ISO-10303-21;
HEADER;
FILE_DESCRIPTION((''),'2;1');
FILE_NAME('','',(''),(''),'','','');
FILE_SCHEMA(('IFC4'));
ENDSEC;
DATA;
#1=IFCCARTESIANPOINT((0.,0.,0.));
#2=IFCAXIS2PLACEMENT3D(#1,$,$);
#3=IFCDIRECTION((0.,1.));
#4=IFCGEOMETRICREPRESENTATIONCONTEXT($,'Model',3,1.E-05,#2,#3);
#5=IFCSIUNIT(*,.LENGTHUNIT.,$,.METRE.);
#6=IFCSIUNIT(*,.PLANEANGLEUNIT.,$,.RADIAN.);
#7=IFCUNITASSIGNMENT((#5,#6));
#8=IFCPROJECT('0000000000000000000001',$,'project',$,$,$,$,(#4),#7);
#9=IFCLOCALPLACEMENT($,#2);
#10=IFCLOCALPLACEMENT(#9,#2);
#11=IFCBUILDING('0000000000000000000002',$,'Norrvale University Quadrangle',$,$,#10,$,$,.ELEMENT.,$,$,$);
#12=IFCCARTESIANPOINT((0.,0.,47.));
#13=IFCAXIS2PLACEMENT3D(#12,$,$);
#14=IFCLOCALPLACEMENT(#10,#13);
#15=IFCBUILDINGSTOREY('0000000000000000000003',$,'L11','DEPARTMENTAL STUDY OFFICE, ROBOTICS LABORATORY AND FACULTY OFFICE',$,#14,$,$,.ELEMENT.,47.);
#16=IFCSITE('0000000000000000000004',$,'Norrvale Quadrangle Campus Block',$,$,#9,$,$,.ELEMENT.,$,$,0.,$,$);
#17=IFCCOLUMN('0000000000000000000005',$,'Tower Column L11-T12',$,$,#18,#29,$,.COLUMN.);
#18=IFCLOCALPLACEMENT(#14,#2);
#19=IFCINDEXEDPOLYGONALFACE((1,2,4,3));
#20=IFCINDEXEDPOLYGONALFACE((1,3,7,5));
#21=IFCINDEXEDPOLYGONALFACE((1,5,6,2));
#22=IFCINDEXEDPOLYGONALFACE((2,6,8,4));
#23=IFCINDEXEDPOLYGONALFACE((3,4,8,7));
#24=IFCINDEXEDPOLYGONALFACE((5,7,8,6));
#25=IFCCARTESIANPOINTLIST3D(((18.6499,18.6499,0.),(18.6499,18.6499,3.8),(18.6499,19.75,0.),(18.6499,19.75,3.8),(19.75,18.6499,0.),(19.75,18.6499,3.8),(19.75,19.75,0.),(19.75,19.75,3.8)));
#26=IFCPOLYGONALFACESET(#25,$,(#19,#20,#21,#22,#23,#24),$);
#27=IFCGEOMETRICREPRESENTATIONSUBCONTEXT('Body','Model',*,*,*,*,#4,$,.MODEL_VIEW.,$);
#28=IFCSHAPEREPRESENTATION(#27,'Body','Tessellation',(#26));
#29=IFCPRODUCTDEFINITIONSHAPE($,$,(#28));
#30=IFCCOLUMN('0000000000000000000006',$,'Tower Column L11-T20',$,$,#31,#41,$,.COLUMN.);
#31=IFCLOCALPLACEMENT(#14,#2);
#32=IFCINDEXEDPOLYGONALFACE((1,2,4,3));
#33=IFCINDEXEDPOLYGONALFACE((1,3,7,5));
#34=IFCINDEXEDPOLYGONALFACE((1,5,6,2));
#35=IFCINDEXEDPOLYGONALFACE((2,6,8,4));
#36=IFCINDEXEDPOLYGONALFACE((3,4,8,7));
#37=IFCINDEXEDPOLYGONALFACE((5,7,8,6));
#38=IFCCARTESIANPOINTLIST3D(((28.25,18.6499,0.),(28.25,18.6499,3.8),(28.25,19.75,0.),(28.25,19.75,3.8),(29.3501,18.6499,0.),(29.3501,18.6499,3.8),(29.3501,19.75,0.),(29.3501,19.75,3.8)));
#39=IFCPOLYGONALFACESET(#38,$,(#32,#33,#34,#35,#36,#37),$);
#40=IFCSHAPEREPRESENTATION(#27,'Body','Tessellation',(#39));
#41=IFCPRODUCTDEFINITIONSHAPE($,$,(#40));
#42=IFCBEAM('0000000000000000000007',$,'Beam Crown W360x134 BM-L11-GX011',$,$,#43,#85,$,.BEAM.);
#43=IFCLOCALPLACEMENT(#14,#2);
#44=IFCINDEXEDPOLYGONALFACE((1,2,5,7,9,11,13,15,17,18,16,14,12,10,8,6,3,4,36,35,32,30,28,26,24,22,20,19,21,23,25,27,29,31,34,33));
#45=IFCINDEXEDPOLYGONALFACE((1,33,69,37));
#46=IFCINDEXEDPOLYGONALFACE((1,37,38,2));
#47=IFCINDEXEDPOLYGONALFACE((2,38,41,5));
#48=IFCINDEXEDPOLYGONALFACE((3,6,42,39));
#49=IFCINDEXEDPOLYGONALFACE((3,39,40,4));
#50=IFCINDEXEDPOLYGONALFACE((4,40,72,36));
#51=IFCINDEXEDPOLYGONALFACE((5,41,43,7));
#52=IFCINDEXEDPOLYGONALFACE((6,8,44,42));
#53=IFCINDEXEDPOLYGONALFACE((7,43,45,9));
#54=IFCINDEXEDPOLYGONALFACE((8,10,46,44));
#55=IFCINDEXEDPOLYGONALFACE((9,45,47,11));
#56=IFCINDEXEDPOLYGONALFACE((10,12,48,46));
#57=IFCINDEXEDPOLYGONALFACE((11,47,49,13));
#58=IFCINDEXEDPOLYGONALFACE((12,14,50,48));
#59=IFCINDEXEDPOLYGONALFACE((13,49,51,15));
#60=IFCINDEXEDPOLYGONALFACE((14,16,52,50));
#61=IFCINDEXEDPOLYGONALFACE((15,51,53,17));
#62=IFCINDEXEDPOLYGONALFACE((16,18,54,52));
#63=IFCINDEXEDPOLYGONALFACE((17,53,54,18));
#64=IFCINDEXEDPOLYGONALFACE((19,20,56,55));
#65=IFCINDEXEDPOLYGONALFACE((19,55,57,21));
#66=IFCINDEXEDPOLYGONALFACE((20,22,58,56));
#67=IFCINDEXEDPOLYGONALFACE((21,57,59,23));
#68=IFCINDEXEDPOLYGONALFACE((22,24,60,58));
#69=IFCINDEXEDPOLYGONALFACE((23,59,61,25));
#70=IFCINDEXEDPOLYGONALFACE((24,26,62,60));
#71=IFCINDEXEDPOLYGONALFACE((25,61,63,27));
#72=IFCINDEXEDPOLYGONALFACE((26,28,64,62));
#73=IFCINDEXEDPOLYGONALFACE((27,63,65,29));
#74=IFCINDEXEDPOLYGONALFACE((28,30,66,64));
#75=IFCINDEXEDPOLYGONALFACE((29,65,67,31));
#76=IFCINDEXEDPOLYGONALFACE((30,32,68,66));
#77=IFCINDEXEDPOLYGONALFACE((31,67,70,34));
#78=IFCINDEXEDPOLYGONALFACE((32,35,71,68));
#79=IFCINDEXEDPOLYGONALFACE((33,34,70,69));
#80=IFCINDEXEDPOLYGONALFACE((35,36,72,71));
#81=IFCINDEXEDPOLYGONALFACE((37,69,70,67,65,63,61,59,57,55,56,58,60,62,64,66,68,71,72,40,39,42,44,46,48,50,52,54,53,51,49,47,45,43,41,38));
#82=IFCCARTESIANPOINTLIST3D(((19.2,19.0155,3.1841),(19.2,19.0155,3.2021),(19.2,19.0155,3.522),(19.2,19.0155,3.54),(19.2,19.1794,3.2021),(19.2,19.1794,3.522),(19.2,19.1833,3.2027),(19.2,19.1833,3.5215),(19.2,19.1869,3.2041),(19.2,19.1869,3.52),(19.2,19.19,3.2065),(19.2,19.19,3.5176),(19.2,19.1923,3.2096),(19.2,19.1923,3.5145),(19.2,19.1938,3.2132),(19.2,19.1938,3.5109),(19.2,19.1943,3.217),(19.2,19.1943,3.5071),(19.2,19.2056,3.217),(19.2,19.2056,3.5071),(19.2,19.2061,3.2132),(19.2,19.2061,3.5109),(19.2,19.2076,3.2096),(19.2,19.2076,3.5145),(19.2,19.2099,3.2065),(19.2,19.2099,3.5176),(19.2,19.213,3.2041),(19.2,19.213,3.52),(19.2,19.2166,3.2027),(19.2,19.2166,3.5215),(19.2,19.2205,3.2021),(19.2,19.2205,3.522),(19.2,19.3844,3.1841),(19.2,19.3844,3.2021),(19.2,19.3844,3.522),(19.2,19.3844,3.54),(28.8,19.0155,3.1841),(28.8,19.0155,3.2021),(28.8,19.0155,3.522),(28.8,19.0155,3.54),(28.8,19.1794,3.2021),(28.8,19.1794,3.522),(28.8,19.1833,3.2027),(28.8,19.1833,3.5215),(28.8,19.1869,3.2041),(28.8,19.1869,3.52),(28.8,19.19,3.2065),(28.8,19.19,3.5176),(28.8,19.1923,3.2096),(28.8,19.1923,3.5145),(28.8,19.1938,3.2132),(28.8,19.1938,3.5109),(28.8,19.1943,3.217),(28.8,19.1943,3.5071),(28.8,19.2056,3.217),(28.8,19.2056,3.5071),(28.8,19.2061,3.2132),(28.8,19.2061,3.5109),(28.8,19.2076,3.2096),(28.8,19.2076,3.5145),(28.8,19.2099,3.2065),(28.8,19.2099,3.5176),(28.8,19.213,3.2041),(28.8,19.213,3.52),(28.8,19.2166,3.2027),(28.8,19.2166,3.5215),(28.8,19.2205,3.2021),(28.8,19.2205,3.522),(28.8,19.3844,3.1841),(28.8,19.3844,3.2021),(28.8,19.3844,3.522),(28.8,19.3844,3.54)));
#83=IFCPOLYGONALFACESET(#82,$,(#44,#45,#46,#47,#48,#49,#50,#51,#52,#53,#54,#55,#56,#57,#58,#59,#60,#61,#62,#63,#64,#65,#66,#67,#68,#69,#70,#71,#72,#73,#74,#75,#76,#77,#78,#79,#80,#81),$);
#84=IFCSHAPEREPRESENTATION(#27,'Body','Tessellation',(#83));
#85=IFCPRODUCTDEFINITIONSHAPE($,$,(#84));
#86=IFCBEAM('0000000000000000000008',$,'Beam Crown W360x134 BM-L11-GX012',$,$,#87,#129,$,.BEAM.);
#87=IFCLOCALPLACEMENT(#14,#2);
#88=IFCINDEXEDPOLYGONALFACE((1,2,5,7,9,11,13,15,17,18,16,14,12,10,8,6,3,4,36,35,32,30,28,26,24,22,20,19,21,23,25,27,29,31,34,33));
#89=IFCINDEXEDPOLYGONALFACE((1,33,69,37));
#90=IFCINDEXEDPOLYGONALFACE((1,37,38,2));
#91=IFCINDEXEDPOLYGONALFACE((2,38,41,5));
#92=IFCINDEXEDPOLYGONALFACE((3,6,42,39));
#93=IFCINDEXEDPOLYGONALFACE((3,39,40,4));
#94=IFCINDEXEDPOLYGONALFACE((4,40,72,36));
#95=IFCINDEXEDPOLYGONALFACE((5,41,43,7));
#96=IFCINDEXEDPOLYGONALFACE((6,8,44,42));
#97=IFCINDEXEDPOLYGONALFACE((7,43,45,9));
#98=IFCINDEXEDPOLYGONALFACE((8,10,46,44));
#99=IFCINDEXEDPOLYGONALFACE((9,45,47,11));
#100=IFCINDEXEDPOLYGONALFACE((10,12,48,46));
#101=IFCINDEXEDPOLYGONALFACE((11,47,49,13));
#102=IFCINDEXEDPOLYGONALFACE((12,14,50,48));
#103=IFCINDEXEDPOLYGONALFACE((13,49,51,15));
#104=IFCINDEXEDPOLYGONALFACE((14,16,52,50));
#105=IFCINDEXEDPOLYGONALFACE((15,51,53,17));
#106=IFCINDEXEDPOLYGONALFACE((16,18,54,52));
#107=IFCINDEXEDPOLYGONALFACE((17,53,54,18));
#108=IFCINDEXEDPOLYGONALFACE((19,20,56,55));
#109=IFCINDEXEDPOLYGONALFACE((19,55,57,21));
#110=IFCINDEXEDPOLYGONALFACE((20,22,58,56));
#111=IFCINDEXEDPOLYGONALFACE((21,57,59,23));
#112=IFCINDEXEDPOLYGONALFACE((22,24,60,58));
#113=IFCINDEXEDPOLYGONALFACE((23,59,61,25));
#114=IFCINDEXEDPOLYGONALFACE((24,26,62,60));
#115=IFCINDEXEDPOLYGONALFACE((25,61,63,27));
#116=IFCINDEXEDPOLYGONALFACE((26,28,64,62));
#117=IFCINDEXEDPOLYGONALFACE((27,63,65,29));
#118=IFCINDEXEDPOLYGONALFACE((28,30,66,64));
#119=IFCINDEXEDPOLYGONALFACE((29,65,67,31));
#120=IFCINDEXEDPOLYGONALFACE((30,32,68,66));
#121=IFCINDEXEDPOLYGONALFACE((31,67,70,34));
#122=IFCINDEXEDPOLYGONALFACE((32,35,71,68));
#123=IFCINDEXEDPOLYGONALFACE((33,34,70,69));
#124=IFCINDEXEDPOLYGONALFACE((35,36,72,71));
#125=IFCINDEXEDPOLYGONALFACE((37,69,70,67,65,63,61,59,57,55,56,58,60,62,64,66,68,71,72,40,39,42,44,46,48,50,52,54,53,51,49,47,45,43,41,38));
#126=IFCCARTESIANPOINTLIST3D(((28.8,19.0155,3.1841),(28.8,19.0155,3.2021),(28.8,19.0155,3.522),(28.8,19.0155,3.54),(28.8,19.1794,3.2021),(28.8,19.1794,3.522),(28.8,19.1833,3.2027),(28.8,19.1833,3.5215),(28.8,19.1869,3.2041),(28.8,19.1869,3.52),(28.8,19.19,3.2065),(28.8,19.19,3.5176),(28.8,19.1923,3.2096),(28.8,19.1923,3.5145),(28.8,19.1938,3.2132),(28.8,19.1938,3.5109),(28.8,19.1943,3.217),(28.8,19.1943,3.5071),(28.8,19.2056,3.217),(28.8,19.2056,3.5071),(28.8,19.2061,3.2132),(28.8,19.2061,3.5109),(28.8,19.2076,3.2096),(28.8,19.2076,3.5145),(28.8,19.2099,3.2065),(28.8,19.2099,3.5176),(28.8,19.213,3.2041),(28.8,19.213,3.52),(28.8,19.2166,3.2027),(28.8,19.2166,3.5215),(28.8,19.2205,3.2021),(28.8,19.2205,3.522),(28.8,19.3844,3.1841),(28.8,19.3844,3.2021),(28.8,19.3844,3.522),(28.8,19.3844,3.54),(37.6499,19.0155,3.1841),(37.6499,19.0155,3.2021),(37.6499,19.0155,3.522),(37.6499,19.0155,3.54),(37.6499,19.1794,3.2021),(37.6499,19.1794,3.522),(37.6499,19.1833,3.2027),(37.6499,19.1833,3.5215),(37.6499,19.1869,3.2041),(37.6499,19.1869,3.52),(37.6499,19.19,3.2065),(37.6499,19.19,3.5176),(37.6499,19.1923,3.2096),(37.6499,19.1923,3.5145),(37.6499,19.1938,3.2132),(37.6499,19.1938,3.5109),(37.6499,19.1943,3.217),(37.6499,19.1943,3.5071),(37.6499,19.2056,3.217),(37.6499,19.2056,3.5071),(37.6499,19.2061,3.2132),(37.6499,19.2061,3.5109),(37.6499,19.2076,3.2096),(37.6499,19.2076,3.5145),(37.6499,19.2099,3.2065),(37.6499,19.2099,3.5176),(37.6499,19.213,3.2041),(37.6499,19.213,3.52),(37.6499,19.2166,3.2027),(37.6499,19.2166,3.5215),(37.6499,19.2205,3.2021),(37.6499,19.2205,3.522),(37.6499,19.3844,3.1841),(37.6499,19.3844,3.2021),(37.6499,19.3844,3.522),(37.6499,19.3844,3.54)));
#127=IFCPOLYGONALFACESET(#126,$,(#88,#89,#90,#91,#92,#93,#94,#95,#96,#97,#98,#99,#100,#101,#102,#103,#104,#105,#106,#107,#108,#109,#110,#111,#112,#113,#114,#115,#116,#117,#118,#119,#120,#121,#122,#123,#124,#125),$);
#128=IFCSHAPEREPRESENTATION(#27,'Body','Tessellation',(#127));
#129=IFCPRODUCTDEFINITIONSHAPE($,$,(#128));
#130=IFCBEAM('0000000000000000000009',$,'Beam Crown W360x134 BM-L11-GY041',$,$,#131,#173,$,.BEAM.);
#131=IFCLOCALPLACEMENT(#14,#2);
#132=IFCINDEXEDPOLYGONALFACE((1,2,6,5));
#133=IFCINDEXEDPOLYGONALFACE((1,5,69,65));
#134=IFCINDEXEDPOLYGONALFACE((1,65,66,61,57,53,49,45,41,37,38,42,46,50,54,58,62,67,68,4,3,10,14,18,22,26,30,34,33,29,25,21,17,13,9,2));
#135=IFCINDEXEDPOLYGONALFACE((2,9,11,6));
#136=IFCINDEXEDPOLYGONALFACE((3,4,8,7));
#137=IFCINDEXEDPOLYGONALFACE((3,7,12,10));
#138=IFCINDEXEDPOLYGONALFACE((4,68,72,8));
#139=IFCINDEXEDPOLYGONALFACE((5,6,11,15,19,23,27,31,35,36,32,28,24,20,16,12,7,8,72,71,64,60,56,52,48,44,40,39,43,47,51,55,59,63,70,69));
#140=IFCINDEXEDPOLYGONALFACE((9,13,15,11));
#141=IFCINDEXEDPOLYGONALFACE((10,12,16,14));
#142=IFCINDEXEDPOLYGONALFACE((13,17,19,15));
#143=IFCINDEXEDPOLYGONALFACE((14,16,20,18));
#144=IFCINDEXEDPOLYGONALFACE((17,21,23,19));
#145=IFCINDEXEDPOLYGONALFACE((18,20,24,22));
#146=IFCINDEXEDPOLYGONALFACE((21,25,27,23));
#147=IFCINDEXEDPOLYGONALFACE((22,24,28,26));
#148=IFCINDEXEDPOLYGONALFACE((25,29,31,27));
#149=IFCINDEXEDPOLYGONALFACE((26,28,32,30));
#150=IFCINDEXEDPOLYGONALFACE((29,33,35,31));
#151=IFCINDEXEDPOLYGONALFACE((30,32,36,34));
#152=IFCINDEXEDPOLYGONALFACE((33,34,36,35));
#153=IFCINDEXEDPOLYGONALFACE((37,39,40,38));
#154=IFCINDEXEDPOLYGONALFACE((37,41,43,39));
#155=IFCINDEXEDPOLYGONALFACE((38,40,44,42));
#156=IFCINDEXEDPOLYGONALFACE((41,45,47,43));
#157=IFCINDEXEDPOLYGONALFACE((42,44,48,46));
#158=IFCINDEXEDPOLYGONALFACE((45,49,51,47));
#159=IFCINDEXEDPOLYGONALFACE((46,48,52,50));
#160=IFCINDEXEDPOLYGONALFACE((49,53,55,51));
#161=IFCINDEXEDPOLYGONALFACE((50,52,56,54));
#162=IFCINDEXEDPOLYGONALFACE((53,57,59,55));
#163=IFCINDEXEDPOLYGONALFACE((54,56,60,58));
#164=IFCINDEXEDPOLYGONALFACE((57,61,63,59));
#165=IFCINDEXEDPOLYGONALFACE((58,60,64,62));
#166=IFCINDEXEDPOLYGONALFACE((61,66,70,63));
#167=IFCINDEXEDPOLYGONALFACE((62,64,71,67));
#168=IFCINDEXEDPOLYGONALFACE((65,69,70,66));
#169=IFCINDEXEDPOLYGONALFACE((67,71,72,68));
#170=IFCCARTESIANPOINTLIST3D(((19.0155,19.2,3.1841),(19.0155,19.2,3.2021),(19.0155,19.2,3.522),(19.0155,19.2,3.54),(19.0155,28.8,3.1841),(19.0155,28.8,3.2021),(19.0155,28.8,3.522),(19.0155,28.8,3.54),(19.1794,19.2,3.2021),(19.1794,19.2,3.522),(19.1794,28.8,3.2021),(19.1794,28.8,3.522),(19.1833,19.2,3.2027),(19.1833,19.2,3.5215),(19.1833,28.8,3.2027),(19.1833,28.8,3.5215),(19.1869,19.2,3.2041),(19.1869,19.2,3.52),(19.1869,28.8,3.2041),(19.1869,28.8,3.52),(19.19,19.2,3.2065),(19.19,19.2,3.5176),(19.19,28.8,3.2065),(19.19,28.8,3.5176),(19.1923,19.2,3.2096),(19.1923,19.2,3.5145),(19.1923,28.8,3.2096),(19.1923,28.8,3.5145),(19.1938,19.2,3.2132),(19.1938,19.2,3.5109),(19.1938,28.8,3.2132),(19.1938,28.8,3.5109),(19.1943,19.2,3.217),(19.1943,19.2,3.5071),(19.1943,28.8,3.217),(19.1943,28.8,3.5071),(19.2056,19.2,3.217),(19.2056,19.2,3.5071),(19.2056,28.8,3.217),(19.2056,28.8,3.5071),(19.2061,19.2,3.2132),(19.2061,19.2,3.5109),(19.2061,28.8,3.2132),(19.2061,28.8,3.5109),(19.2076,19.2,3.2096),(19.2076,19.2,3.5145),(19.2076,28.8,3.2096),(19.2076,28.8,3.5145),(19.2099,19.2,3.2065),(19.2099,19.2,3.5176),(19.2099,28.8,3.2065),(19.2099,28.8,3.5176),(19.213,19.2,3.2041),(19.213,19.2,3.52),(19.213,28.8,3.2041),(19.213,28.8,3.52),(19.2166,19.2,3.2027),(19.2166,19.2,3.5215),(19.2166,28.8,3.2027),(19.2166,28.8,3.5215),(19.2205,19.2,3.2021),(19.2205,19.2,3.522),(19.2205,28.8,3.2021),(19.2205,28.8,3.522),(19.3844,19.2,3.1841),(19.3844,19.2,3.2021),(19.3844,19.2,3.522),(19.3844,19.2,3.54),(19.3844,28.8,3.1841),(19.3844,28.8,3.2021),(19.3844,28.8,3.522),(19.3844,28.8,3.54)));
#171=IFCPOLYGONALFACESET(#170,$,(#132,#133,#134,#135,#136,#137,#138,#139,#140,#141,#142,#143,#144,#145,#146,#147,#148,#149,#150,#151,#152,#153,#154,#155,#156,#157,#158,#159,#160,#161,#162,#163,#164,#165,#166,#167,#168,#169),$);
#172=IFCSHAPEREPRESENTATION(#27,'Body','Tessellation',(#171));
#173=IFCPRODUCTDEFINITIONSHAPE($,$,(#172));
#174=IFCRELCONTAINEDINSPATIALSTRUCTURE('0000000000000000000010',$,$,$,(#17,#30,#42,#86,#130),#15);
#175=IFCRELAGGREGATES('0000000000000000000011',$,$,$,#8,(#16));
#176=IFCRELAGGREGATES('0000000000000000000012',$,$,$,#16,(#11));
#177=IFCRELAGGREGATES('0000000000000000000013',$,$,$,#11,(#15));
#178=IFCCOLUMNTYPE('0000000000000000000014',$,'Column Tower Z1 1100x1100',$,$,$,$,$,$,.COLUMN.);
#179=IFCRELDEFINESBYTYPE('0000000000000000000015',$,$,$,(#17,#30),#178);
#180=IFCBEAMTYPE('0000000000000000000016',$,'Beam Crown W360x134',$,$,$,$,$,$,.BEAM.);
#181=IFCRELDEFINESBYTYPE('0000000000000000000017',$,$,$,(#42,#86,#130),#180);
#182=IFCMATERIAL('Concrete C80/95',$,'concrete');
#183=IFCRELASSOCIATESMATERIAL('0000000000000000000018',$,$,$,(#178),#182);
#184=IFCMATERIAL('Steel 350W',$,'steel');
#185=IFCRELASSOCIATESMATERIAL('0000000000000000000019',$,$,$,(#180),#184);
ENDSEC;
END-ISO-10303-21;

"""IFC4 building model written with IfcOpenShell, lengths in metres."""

from ifc_helpers import new_model, si_unit, direction, frame, origin, origin_2d, place, context, subcontext, project, spatial, rectangle, i_section, extrude, material, material_profile, profile_set, type_object, element, save


model = new_model("IFC4")

# Units and contexts
model_context = context("Model", 3, precision=1e-05, world=origin(), true_north=direction((0.0, 1.0)))
body_context = subcontext(model_context, "Body", "Model", "MODEL_VIEW")
ifc_project = project(units=[si_unit("LENGTHUNIT", "METRE"), si_unit("PLANEANGLEUNIT", "RADIAN")], contexts=[model_context])

# Site, building, storey
site_placement = place(None, origin())
site = spatial("IfcSite", under=ifc_project, at=site_placement, Name="Norrvale Quadrangle Campus Block", CompositionType="ELEMENT", RefElevation=0.0)
building_placement = place(site_placement, origin())
building = spatial("IfcBuilding", under=site, at=building_placement, Name="Norrvale University Quadrangle", CompositionType="ELEMENT")
storey_placement = place(building_placement, frame((0.0, 0.0, 47.0)))
storey = spatial("IfcBuildingStorey", under=building, at=storey_placement, Name="L11", Description="DEPARTMENTAL STUDY OFFICE, ROBOTICS LABORATORY AND FACULTY OFFICE", CompositionType="ELEMENT", Elevation=47.0)

# Columns
ifc_material_1 = material(Name="Concrete C80/95", Category="concrete")
ifc_material_profile_1 = material_profile(ifc_material_1, rectangle(XDim=1.1001, YDim=1.1001, at=origin_2d()), Name="Concrete C80/95")
ifc_profile_set_1 = profile_set([ifc_material_profile_1], Name="Concrete C80/95")
column_type = type_object("IfcColumnType", Name="Column Tower Z1 1100x1100", PredefinedType="COLUMN", material=ifc_profile_set_1)
for number, where, z_axis, x_axis, name in (
    (1, (19.2, 19.2, 0.0), (0.0, 0.0, 1.0), (1.0, 0.0, 0.0), "Tower Column L11-T12"),
    (2, (28.8, 19.2, 0.0), (0.0, 0.0, 1.0), (1.0, 0.0, 0.0), "Tower Column L11-T20"),
):
    element("IfcColumn", number, at=place(storey_placement, frame(where, z_axis=z_axis, x_axis=x_axis)), inside=storey, type_object=column_type, Name=name, PredefinedType="COLUMN", context=body_context, shape_type="SweptSolid", body=[
        extrude(rectangle(XDim=1.1001, YDim=1.1001, at=origin_2d()), origin(), (0.0, 0.0, 1.0), 3.8),
    ])

# Beams
ifc_material_2 = material(Name="Steel 350W", Category="steel")
ifc_material_profile_2 = material_profile(ifc_material_2, i_section(OverallWidth=0.3689, OverallDepth=0.356, WebThickness=0.0112, FlangeThickness=0.0181, FilletRadius=0.0149, at=origin_2d()), Name="Steel 350W")
ifc_profile_set_2 = profile_set([ifc_material_profile_2], Name="Steel 350W")
beam_type_1 = type_object("IfcBeamType", Name="Beam Crown W360x134", PredefinedType="BEAM", material=ifc_profile_set_2)
beam_1_placement = place(storey_placement, frame((19.2, 19.2, 3.3621), z_axis=(1.0, 0.0, 0.0), x_axis=(0.0, 1.0, 0.0)))
element("IfcBeam", 3, at=beam_1_placement, inside=storey, type_object=beam_type_1, Name="Beam Crown W360x134 BM-L11-GX011", PredefinedType="BEAM", context=body_context, shape_type="SweptSolid", body=[
    extrude(i_section(OverallWidth=0.3689, OverallDepth=0.356, WebThickness=0.0112, FlangeThickness=0.0181, FilletRadius=0.0149, at=origin_2d()), origin(), (0.0, 0.0, 1.0), 9.6001),
])
beam_2_placement = place(storey_placement, frame((28.8, 19.2, 3.3621), z_axis=(1.0, 0.0, 0.0), x_axis=(0.0, 1.0, 0.0)))
element("IfcBeam", 4, at=beam_2_placement, inside=storey, type_object=beam_type_1, Name="Beam Crown W360x134 BM-L11-GX012", PredefinedType="BEAM", context=body_context, shape_type="SweptSolid", body=[
    extrude(i_section(OverallWidth=0.3689, OverallDepth=0.356, WebThickness=0.0112, FlangeThickness=0.0181, FilletRadius=0.0149, at=origin_2d()), origin(), (0.0, 0.0, 1.0), 8.8499),
])
for number, where, z_axis, x_axis, name in (
    (5, (19.2, 19.2, 3.3621), (0.0, 1.0, 0.0), (-1.0, 0.0, 0.0), "Beam Crown W360x134 BM-L11-GY041"),
):
    element("IfcBeam", number, at=place(storey_placement, frame(where, z_axis=z_axis, x_axis=x_axis)), inside=storey, type_object=beam_type_1, Name=name, PredefinedType="BEAM", context=body_context, shape_type="SweptSolid", body=[
        extrude(i_section(OverallWidth=0.3689, OverallDepth=0.356, WebThickness=0.0112, FlangeThickness=0.0181, FilletRadius=0.0149, at=origin_2d()), origin(), (0.0, 0.0, 1.0), 9.6001),
    ])

save(model, "model.ifc")
